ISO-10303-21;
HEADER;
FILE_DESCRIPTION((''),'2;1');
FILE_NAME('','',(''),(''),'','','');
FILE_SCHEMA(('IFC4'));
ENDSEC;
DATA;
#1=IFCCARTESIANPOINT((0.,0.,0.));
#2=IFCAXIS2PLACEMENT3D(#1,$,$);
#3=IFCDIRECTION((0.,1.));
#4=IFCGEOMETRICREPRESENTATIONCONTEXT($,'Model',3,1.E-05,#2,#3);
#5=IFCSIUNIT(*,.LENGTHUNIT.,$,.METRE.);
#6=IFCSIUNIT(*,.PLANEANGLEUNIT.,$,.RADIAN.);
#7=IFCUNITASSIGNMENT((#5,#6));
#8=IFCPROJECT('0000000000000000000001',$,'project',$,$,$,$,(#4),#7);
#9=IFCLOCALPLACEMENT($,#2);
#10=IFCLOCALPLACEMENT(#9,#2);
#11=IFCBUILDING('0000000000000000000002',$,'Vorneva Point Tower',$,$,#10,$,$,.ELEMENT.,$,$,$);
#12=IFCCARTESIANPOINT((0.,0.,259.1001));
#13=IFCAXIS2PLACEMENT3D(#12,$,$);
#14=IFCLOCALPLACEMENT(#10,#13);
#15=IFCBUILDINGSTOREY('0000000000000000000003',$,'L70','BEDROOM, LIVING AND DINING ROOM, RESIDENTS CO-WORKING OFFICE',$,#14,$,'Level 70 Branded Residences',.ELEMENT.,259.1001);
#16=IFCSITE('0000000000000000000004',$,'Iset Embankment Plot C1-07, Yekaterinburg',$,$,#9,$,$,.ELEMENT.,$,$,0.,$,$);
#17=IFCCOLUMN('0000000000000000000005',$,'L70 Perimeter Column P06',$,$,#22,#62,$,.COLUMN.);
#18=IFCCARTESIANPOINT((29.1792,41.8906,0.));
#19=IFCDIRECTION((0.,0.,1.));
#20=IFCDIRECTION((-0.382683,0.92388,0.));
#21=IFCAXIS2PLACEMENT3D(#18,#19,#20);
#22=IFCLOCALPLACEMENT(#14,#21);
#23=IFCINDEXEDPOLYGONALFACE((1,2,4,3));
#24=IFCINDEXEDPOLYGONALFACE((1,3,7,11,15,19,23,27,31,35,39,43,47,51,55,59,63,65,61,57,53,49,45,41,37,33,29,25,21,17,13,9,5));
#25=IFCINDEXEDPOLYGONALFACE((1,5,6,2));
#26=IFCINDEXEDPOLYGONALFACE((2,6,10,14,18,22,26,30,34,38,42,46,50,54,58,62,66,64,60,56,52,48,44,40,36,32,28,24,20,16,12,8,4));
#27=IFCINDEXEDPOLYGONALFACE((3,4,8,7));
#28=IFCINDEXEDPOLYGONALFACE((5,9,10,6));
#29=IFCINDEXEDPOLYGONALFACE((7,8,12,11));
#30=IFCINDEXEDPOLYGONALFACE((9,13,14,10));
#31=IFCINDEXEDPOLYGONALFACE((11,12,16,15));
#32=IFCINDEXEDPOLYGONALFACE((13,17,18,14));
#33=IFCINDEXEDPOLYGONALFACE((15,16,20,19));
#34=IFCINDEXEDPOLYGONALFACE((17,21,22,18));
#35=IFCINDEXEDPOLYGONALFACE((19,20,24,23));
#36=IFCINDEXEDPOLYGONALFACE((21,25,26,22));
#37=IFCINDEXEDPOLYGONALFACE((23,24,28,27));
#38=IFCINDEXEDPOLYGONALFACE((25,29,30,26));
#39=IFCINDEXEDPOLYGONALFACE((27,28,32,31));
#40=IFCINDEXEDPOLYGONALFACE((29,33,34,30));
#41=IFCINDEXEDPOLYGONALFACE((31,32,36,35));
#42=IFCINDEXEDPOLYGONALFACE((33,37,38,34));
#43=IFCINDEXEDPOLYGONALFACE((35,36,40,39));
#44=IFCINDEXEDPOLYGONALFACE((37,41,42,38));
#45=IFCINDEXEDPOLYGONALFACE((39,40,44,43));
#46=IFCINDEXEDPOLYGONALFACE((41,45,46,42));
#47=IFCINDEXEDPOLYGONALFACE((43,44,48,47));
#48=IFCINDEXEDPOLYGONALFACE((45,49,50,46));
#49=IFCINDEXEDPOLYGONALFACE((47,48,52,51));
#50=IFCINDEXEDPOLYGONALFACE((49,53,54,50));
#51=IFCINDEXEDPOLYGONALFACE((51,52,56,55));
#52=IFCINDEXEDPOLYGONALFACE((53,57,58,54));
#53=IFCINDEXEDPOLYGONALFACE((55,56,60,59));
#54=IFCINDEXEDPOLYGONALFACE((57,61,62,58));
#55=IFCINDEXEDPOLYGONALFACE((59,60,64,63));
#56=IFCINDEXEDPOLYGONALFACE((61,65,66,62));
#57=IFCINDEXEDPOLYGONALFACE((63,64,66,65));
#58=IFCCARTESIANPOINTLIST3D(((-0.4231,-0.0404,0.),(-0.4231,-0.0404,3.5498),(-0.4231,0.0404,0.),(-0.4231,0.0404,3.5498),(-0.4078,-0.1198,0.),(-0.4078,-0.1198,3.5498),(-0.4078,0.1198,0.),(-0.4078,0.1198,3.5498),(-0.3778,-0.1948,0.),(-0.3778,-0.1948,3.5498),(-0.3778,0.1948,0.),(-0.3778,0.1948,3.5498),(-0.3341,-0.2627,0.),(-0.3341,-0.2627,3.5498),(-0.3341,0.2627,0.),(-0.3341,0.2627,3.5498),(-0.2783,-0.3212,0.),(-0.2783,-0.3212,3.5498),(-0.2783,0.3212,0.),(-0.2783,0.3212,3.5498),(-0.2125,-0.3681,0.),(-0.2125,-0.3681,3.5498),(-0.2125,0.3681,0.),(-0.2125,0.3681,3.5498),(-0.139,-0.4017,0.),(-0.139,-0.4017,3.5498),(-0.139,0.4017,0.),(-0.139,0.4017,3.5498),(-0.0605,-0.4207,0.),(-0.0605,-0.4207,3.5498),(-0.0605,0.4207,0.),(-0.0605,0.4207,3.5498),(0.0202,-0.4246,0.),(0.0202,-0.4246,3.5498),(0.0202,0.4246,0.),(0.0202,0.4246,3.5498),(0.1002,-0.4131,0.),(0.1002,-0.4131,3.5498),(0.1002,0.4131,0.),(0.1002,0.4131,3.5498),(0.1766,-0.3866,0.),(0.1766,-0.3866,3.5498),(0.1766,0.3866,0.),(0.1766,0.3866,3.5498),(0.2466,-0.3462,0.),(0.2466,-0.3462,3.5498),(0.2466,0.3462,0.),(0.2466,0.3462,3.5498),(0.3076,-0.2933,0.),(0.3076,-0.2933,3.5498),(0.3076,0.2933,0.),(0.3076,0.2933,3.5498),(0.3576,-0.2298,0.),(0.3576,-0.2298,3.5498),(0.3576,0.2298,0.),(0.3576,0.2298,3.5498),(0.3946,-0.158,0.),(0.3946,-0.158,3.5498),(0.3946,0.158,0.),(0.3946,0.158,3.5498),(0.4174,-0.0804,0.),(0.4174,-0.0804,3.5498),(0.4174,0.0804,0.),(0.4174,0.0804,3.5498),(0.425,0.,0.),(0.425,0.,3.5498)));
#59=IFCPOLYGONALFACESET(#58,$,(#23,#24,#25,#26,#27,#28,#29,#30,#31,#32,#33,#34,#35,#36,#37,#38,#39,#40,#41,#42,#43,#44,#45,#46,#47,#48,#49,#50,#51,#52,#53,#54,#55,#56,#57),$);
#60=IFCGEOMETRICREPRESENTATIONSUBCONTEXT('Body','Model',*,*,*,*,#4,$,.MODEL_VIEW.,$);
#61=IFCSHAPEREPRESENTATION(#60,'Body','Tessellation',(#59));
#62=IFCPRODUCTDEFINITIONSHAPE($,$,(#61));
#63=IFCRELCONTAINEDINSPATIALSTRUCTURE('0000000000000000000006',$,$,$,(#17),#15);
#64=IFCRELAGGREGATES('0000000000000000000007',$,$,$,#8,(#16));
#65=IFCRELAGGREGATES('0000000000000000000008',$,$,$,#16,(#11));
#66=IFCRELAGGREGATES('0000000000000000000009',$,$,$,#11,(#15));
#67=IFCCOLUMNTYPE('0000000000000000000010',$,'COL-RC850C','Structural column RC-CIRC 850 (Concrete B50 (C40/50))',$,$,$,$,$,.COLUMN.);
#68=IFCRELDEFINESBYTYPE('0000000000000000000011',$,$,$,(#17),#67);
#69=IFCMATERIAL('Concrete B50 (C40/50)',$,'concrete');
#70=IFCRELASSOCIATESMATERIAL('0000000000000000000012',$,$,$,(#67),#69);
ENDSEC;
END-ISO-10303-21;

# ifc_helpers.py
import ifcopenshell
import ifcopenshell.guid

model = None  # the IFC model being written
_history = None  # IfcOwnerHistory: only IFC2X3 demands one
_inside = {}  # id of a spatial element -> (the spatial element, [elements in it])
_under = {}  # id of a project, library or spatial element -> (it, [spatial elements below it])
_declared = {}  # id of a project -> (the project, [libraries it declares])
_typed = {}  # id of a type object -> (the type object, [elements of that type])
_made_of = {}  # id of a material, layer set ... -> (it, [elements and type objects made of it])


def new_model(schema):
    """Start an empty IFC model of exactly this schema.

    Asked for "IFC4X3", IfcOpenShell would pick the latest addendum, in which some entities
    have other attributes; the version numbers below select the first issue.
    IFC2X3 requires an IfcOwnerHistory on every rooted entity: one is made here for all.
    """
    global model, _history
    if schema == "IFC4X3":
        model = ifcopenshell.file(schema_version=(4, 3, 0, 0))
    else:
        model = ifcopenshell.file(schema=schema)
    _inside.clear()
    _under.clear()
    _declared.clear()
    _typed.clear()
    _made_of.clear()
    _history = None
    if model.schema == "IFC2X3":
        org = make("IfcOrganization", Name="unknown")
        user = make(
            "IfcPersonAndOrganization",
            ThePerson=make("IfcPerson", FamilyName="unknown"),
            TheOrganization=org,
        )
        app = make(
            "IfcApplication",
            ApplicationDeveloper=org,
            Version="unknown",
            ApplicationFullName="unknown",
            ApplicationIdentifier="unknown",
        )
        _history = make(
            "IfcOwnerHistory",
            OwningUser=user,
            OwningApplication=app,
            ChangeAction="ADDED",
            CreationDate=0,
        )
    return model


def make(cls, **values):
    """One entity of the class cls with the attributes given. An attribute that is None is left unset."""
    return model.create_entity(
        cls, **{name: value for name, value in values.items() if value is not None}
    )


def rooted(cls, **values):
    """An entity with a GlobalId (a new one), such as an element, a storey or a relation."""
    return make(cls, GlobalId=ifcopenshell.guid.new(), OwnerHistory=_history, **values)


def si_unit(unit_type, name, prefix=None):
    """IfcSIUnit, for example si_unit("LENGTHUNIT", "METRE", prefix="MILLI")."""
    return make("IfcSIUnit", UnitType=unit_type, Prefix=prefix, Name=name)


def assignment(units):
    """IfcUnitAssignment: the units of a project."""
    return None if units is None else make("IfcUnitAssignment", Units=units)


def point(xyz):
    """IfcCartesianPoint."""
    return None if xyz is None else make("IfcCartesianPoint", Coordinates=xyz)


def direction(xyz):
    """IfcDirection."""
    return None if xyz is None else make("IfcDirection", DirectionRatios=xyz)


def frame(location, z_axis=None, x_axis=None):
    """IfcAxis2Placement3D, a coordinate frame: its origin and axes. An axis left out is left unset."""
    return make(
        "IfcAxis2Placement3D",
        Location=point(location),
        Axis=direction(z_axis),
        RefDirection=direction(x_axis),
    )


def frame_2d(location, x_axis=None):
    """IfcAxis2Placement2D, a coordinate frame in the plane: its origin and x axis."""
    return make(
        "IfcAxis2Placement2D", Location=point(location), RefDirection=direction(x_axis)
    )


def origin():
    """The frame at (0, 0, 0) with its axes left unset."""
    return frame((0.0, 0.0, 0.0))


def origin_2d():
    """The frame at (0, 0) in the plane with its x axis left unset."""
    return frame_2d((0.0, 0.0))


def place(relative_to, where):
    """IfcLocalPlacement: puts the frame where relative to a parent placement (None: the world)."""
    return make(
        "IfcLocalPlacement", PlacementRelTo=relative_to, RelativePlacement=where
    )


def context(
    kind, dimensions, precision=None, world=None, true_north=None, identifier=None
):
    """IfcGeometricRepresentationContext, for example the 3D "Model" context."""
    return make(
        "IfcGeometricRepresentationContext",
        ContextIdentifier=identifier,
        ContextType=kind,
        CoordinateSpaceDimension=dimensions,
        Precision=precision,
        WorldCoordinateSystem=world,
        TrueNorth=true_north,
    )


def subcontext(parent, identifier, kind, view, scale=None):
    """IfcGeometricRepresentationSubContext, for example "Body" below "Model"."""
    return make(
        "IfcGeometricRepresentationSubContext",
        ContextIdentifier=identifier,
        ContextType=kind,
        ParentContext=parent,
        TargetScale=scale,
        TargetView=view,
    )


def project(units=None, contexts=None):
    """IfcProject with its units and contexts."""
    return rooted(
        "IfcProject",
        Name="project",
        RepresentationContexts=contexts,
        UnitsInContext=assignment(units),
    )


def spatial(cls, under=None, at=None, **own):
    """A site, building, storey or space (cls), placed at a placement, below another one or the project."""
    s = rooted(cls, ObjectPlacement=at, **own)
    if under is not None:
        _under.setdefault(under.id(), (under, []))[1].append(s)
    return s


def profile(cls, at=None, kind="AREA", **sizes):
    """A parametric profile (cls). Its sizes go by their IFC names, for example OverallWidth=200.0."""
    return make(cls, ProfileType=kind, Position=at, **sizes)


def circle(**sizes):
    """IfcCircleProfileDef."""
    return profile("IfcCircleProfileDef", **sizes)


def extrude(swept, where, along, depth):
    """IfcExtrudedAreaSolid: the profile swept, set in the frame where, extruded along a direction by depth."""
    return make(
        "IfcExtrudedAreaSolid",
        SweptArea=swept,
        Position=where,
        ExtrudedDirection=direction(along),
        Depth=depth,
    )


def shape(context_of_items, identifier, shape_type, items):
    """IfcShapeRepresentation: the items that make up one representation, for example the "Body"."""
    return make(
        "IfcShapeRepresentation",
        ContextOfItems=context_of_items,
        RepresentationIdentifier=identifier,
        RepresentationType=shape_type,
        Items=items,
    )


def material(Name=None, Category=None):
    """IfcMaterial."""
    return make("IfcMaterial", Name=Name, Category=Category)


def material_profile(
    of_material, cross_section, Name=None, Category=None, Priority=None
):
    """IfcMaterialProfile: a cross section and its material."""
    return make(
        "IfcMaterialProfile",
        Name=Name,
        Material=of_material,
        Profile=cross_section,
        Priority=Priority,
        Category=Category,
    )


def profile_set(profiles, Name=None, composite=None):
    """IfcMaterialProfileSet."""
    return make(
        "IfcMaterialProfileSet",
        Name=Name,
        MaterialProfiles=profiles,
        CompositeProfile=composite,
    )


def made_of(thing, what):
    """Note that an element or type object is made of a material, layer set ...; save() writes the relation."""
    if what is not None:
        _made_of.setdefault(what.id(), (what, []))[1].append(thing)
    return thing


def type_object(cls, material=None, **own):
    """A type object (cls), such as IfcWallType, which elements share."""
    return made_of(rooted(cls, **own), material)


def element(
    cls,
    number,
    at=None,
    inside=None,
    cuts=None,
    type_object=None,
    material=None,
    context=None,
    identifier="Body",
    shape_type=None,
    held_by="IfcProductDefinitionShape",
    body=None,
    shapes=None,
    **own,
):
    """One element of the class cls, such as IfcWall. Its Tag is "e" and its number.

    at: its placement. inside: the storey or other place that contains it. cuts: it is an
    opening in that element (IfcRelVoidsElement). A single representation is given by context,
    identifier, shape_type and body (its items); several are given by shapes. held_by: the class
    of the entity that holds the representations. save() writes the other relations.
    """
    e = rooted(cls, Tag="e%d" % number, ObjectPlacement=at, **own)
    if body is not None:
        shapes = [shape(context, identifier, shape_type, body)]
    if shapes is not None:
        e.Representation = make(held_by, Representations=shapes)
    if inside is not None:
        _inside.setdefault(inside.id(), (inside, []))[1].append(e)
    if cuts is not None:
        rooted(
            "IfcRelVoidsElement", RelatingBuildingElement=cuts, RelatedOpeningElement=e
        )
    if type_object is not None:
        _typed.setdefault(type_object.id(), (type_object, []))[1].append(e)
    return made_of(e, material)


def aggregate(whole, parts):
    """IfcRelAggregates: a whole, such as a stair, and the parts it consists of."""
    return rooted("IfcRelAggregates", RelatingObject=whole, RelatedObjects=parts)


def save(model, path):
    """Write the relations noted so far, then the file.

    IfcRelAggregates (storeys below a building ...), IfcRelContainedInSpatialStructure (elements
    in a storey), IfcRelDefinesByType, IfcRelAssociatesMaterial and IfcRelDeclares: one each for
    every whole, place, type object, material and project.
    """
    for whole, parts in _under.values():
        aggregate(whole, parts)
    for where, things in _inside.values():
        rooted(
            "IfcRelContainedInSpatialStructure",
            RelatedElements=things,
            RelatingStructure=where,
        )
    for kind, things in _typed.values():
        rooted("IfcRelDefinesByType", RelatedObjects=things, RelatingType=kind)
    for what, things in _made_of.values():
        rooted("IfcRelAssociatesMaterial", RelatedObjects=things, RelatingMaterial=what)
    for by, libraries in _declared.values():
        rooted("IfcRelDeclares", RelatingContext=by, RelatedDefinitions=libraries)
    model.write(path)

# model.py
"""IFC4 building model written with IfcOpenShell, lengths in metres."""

from ifc_helpers import new_model, si_unit, direction, frame, origin, origin_2d, place, context, subcontext, project, spatial, circle, extrude, material, material_profile, profile_set, type_object, element, save


model = new_model("IFC4")

# Units and contexts
model_context = context("Model", 3, precision=1e-05, world=origin(), true_north=direction((0.0, 1.0)))
body_context = subcontext(model_context, "Body", "Model", "MODEL_VIEW")
ifc_project = project(units=[si_unit("LENGTHUNIT", "METRE"), si_unit("PLANEANGLEUNIT", "RADIAN")], contexts=[model_context])

# Site, building, storey
site_placement = place(None, origin())
site = spatial("IfcSite", under=ifc_project, at=site_placement, Name="Iset Embankment Plot C1-07, Yekaterinburg", CompositionType="ELEMENT", RefElevation=0.0)
building_placement = place(site_placement, origin())
building = spatial("IfcBuilding", under=site, at=building_placement, Name="Vorneva Point Tower", CompositionType="ELEMENT")
storey_placement = place(building_placement, frame((0.0, 0.0, 259.1001)))
storey = spatial("IfcBuildingStorey", under=building, at=storey_placement, Name="L70", Description="BEDROOM, LIVING AND DINING ROOM, RESIDENTS CO-WORKING OFFICE", LongName="Level 70 Branded Residences", CompositionType="ELEMENT", Elevation=259.1001)

# Column
ifc_material_1 = material(Name="Concrete B50 (C40/50)", Category="concrete")
ifc_material_profile_1 = material_profile(ifc_material_1, circle(Radius=0.425, at=origin_2d()), Name="RC-CIRC 850")
ifc_profile_set_1 = profile_set([ifc_material_profile_1], Name="Concrete B50 (C40/50)")
column_type = type_object("IfcColumnType", Name="COL-RC850C", Description="Structural column RC-CIRC 850 (Concrete B50 (C40/50))", PredefinedType="COLUMN", material=ifc_profile_set_1)
for number, where, z_axis, x_axis, name in (
    (1, (29.1792, 41.8906, 0.0), (0.0, 0.0, 1.0), (-0.382683, 0.92388, 0.0), "L70 Perimeter Column P06"),
):
    element("IfcColumn", number, at=place(storey_placement, frame(where, z_axis=z_axis, x_axis=x_axis)), inside=storey, type_object=column_type, Name=name, PredefinedType="COLUMN", context=body_context, shape_type="SweptSolid", body=[
        extrude(circle(Radius=0.425, at=origin_2d()), origin(), (0.0, 0.0, 1.0), 3.5498),
    ])

save(model, "model.ifc")
